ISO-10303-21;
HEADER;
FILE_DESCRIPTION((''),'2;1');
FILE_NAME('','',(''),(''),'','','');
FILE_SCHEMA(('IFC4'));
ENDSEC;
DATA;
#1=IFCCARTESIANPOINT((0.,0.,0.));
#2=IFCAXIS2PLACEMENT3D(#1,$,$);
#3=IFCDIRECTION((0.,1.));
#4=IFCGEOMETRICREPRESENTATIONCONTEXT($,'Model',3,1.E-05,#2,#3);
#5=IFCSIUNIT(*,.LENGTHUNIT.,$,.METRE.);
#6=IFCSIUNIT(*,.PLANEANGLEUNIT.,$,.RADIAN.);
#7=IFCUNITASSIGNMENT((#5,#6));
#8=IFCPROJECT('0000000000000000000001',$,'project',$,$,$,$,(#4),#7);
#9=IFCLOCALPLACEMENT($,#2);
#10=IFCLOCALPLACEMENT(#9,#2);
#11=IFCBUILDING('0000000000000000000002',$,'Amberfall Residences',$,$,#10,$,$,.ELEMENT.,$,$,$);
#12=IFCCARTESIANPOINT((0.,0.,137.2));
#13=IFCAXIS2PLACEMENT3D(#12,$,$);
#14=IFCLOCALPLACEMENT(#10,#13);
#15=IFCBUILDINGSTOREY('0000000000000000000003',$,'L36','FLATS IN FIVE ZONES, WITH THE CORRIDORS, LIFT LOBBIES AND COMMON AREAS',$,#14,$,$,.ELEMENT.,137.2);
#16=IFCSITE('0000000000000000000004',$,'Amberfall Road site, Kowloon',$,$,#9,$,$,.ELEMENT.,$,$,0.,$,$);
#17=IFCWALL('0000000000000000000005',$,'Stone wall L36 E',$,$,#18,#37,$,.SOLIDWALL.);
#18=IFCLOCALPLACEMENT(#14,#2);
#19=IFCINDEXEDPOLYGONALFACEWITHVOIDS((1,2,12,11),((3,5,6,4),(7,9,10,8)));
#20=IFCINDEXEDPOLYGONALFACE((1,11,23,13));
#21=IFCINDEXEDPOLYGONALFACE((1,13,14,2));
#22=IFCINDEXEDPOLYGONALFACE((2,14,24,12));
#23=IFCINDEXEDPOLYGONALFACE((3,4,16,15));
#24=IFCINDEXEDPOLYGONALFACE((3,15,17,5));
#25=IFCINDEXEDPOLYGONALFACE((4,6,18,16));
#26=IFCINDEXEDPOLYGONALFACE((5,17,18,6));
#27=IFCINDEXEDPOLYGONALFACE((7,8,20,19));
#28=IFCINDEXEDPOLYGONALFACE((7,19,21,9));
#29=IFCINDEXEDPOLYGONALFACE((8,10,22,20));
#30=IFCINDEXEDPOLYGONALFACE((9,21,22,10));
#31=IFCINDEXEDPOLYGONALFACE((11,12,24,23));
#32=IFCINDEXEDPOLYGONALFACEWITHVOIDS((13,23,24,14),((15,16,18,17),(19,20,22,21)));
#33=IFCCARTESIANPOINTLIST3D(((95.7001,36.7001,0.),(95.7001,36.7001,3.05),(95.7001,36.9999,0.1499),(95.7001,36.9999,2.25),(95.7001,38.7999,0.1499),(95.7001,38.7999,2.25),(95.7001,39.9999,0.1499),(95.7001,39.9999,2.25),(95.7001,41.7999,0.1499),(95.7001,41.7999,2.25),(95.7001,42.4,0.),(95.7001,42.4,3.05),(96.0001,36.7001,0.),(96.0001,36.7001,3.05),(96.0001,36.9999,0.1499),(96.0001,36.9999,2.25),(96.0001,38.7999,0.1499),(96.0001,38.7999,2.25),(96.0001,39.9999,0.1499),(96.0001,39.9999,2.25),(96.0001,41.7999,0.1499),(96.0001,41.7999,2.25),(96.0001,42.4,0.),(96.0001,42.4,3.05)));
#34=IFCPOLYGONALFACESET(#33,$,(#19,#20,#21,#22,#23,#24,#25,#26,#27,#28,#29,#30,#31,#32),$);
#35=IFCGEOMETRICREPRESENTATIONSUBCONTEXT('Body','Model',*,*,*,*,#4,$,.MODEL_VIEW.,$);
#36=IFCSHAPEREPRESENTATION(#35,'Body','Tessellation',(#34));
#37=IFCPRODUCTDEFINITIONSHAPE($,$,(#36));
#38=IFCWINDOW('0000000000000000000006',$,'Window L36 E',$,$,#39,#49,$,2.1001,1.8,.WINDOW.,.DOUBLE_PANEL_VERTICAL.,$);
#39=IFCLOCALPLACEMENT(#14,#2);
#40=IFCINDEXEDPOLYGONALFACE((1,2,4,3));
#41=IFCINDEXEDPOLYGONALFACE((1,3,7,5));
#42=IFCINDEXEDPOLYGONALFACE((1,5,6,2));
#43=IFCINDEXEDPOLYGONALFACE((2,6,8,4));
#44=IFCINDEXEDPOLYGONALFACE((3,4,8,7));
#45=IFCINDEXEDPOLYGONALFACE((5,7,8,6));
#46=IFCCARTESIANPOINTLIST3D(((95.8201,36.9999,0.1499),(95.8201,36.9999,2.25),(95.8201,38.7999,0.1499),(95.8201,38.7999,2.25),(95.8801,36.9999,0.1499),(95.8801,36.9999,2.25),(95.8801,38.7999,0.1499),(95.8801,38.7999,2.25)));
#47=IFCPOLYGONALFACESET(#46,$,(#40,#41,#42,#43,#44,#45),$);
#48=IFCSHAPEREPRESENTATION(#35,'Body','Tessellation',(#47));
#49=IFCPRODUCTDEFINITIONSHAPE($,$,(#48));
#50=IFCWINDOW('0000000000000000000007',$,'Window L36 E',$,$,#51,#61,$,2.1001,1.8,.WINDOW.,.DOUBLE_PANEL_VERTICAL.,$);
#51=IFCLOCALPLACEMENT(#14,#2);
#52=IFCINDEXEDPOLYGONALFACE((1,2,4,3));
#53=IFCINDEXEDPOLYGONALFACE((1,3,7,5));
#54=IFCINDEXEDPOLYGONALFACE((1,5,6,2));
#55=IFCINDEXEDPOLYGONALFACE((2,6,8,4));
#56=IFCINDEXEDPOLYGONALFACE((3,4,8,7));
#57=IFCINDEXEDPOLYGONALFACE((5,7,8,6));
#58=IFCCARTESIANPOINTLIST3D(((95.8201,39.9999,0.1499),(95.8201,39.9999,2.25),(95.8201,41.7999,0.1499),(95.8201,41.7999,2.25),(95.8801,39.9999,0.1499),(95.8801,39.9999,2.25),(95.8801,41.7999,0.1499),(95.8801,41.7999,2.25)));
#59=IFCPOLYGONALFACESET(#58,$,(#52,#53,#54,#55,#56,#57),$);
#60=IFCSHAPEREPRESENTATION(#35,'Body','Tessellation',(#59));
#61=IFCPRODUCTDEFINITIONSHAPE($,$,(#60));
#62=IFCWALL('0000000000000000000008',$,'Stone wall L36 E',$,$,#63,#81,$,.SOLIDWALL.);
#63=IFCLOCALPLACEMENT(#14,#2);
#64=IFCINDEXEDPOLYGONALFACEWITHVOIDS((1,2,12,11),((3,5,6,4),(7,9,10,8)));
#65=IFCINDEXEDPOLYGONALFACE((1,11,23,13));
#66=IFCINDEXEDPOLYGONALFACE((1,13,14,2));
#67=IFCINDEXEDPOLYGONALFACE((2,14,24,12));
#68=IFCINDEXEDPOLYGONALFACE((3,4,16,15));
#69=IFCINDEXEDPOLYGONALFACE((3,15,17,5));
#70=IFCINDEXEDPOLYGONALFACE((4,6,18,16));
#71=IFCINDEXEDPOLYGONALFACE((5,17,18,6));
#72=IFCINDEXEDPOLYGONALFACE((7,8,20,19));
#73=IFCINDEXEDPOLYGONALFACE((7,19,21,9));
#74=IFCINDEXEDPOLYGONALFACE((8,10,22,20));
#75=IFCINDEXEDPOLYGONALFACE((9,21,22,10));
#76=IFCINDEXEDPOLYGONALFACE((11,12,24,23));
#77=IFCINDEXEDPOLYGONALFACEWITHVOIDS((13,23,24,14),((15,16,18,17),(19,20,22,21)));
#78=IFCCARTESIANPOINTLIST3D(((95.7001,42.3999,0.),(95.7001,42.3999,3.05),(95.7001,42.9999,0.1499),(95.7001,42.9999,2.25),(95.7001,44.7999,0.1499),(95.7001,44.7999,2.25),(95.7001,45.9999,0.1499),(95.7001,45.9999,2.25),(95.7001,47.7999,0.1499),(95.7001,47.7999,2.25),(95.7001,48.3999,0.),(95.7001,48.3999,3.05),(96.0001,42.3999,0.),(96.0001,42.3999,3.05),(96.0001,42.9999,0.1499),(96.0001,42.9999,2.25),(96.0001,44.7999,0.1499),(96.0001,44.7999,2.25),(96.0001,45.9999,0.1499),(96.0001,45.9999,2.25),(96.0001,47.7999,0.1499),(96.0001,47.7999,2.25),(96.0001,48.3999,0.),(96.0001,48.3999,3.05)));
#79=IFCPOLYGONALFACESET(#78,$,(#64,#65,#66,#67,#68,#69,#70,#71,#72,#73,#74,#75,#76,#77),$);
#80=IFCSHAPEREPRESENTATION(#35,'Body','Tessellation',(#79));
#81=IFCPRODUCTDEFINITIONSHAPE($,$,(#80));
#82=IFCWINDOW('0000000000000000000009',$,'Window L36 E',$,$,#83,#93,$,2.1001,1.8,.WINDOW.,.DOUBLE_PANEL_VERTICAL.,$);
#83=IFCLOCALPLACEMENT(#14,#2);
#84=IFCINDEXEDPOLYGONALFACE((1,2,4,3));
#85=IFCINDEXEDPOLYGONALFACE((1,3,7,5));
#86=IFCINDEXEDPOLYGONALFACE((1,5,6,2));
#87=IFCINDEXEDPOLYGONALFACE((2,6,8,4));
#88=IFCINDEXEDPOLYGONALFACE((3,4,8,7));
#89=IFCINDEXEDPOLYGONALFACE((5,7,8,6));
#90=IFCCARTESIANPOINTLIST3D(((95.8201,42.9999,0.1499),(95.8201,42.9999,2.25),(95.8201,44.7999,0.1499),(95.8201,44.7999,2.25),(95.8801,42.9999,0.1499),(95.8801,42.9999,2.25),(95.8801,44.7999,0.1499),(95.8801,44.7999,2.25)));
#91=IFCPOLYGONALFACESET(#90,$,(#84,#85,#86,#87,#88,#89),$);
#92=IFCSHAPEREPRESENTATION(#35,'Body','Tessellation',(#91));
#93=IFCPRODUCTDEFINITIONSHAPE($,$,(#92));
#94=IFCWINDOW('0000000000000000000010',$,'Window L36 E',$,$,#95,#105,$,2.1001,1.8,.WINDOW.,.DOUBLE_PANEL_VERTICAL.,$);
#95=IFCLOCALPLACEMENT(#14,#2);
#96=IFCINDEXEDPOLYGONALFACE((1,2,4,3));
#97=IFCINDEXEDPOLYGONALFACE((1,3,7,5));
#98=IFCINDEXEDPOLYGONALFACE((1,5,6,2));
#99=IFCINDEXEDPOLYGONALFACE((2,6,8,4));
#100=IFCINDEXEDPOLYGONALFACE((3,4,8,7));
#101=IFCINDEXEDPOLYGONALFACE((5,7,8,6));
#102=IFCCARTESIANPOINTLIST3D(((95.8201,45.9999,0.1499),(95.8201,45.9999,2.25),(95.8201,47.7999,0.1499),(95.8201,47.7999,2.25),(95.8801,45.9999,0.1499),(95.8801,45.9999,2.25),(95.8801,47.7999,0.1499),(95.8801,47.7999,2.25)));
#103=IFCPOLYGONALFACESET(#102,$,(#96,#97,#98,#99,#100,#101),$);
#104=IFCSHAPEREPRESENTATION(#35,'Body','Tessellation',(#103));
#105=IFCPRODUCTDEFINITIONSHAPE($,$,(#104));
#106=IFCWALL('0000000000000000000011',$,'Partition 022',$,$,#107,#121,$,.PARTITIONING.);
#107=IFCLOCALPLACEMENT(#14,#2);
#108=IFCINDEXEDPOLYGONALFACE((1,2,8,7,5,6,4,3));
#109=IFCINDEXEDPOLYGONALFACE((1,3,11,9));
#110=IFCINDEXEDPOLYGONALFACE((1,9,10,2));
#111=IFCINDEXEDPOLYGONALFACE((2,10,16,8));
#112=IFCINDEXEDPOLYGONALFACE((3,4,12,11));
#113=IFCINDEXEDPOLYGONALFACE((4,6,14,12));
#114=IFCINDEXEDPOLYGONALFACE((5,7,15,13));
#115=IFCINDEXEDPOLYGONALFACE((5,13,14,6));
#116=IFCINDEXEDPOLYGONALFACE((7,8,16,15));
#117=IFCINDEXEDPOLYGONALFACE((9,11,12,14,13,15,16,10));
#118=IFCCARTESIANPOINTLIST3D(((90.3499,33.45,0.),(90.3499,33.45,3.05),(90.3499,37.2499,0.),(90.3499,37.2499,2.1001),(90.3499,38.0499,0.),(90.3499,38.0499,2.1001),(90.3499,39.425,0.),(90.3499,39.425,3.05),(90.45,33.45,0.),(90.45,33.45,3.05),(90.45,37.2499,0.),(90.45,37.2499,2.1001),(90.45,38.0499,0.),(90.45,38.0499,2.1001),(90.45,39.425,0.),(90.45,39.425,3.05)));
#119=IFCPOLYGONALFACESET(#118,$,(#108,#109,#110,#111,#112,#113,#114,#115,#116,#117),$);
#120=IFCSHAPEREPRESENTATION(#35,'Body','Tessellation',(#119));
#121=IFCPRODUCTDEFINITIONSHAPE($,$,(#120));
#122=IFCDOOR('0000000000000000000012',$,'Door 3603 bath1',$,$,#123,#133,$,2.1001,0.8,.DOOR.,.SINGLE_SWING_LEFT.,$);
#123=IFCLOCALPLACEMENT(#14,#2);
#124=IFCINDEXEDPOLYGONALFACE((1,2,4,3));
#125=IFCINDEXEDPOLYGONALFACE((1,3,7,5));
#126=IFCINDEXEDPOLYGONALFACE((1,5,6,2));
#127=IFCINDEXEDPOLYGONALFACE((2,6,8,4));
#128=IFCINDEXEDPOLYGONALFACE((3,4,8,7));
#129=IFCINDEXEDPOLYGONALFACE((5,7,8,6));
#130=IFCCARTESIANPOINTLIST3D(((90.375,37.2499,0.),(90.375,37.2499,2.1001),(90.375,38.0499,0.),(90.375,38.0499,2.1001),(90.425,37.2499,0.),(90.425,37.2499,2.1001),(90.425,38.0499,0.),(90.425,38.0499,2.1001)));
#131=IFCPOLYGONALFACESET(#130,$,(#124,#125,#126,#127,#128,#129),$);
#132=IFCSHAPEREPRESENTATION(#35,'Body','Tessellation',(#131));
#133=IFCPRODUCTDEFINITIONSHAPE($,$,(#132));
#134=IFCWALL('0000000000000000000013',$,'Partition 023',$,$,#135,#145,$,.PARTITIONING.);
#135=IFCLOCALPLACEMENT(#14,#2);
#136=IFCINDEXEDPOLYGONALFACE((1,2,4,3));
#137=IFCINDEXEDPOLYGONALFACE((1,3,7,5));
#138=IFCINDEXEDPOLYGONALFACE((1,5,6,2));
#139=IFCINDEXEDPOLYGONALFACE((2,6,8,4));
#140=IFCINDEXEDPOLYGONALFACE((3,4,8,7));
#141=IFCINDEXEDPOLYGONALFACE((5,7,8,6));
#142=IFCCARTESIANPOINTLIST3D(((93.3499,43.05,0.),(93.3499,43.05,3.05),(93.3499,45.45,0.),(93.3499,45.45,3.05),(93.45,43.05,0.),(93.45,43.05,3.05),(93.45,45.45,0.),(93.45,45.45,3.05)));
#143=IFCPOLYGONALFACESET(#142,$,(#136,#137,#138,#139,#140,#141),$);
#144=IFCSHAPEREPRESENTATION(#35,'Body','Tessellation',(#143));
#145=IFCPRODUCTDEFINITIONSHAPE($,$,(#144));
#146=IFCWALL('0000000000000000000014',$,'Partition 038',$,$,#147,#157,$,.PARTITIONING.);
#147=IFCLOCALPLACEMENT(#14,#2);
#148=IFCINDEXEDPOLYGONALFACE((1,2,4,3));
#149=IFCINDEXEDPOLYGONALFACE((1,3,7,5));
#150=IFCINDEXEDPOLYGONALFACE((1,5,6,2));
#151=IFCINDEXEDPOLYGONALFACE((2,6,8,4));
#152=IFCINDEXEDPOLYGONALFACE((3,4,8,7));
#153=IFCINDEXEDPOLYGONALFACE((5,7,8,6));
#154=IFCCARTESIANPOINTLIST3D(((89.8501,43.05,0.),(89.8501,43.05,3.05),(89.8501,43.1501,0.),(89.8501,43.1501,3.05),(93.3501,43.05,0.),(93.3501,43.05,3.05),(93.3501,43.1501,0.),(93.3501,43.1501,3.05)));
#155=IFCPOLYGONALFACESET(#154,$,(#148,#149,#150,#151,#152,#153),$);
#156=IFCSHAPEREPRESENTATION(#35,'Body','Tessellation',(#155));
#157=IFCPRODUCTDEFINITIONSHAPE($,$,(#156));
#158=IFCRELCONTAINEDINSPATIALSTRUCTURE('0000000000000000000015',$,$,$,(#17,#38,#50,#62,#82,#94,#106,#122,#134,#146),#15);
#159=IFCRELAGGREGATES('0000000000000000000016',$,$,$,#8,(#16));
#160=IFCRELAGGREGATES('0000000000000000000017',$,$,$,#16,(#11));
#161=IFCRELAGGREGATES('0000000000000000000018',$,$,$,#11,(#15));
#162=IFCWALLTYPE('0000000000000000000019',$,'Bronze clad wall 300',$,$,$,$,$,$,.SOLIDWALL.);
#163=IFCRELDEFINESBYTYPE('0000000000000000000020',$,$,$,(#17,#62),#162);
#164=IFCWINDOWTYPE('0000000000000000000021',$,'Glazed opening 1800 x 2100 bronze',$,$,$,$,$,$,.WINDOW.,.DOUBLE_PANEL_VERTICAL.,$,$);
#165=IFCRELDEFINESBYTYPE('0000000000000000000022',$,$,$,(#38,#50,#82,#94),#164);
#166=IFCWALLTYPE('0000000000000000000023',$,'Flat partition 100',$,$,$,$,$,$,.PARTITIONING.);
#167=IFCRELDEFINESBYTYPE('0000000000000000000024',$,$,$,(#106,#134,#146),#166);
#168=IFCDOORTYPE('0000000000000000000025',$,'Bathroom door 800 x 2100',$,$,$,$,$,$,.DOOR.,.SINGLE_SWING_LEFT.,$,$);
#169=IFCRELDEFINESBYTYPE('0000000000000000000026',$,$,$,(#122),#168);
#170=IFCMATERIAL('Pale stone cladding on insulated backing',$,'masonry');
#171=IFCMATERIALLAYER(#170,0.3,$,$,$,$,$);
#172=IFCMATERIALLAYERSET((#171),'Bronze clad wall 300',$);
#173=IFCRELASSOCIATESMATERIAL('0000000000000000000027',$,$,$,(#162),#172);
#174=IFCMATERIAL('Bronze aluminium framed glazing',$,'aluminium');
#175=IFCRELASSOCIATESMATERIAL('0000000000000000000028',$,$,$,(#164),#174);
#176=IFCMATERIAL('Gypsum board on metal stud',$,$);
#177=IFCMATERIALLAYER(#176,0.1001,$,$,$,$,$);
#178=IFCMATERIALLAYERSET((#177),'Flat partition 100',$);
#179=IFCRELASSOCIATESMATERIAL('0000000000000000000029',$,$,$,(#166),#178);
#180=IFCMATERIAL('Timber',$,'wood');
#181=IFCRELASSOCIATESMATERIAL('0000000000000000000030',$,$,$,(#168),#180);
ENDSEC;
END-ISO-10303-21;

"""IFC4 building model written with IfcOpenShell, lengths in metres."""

from ifc_helpers import new_model, si_unit, direction, frame, frame_2d, origin, place, context, subcontext, project, spatial, rectangle, extrude, material, layer, layer_set, type_object, element, fill, save


model = new_model("IFC4")

# Units and contexts
model_context = context("Model", 3, precision=1e-05, world=origin(), true_north=direction((0.0, 1.0)))
body_context = subcontext(model_context, "Body", "Model", "MODEL_VIEW")
ifc_project = project(units=[si_unit("LENGTHUNIT", "METRE"), si_unit("PLANEANGLEUNIT", "RADIAN")], contexts=[model_context])

# Site, building, storey
site_placement = place(None, origin())
site = spatial("IfcSite", under=ifc_project, at=site_placement, Name="Amberfall Road site, Kowloon", CompositionType="ELEMENT", RefElevation=0.0)
building_placement = place(site_placement, origin())
building = spatial("IfcBuilding", under=site, at=building_placement, Name="Amberfall Residences", CompositionType="ELEMENT")
storey_placement = place(building_placement, frame((0.0, 0.0, 137.2)))
storey = spatial("IfcBuildingStorey", under=building, at=storey_placement, Name="L36", Description="FLATS IN FIVE ZONES, WITH THE CORRIDORS, LIFT LOBBIES AND COMMON AREAS", CompositionType="ELEMENT", Elevation=137.2)

# Shared definitions
ifc_material_1 = material(Name="Pale stone cladding on insulated backing", Category="masonry")
ifc_layer_1 = layer(ifc_material_1, 0.3)
ifc_layer_set_1 = layer_set([ifc_layer_1], Name="Bronze clad wall 300")
wall_type_1 = type_object("IfcWallType", Name="Bronze clad wall 300", PredefinedType="SOLIDWALL", material=ifc_layer_set_1)
ifc_material_2 = material(Name="Bronze aluminium framed glazing", Category="aluminium")

# Walls, openings, windows
wall_1_placement = place(storey_placement, frame((95.8501, 36.7, 0.0), z_axis=(0.0, 0.0, 1.0), x_axis=(0.0, 1.0, 0.0)))
wall_1 = element("IfcWall", 1, at=wall_1_placement, inside=storey, type_object=wall_type_1, Name="Stone wall L36 E", PredefinedType="SOLIDWALL", context=body_context, shape_type="SweptSolid", body=[
    extrude(rectangle(XDim=5.7, YDim=0.3, at=frame_2d((2.8501, 0.0))), origin(), (0.0, 0.0, 1.0), 3.05),
])
opening_1_placement = place(wall_1_placement, frame((0.3, 0.0, 0.1499)))
opening_1 = element("IfcOpeningElement", 2, at=opening_1_placement, cuts=wall_1, PredefinedType="OPENING", context=body_context, shape_type="SweptSolid", body=[
    extrude(rectangle(XDim=1.8, YDim=2.1001, at=frame_2d((0.8999, 1.05))), frame((0.0, 0.1599, 0.0), z_axis=(0.0, -1.0, 0.0), x_axis=(1.0, 0.0, 0.0)), (0.0, 0.0, 1.0), 0.3201),
])
opening_2_placement = place(wall_1_placement, frame((3.3, 0.0, 0.1499)))
opening_2 = element("IfcOpeningElement", 3, at=opening_2_placement, cuts=wall_1, PredefinedType="OPENING", context=body_context, shape_type="SweptSolid", body=[
    extrude(rectangle(XDim=1.8, YDim=2.1001, at=frame_2d((0.8999, 1.05))), frame((0.0, 0.1599, 0.0), z_axis=(0.0, -1.0, 0.0), x_axis=(1.0, 0.0, 0.0)), (0.0, 0.0, 1.0), 0.3201),
])
window_type_1 = type_object("IfcWindowType", Name="Glazed opening 1800 x 2100 bronze", PartitioningType="DOUBLE_PANEL_VERTICAL", PredefinedType="WINDOW", material=ifc_material_2)
window_1_placement = place(opening_1_placement, origin())
window_1 = element("IfcWindow", 4, at=window_1_placement, inside=storey, type_object=window_type_1, Name="Window L36 E", OverallHeight=2.1001, OverallWidth=1.8, PartitioningType="DOUBLE_PANEL_VERTICAL", PredefinedType="WINDOW", context=body_context, shape_type="SweptSolid", body=[
    extrude(rectangle(XDim=1.8, YDim=2.1001, at=frame_2d((0.8999, 1.05))), frame((0.0, 0.03, 0.0), z_axis=(0.0, -1.0, 0.0), x_axis=(1.0, 0.0, 0.0)), (0.0, 0.0, 1.0), 0.0601),
])
fill(opening_1, window_1)
window_2_placement = place(opening_2_placement, origin())
window_2 = element("IfcWindow", 5, at=window_2_placement, inside=storey, type_object=window_type_1, Name="Window L36 E", OverallHeight=2.1001, OverallWidth=1.8, PartitioningType="DOUBLE_PANEL_VERTICAL", PredefinedType="WINDOW", context=body_context, shape_type="SweptSolid", body=[
    extrude(rectangle(XDim=1.8, YDim=2.1001, at=frame_2d((0.8999, 1.05))), frame((0.0, 0.03, 0.0), z_axis=(0.0, -1.0, 0.0), x_axis=(1.0, 0.0, 0.0)), (0.0, 0.0, 1.0), 0.0601),
])
fill(opening_2, window_2)
wall_2_placement = place(storey_placement, frame((95.8501, 42.3999, 0.0), z_axis=(0.0, 0.0, 1.0), x_axis=(0.0, 1.0, 0.0)))
wall_2 = element("IfcWall", 6, at=wall_2_placement, inside=storey, type_object=wall_type_1, Name="Stone wall L36 E", PredefinedType="SOLIDWALL", context=body_context, shape_type="SweptSolid", body=[
    extrude(rectangle(XDim=6.0, YDim=0.3, at=frame_2d((3.0, 0.0))), origin(), (0.0, 0.0, 1.0), 3.05),
])
opening_3_placement = place(wall_2_placement, frame((0.6001, 0.0, 0.1499)))
opening_3 = element("IfcOpeningElement", 7, at=opening_3_placement, cuts=wall_2, PredefinedType="OPENING", context=body_context, shape_type="SweptSolid", body=[
    extrude(rectangle(XDim=1.8, YDim=2.1001, at=frame_2d((0.8999, 1.05))), frame((0.0, 0.1599, 0.0), z_axis=(0.0, -1.0, 0.0), x_axis=(1.0, 0.0, 0.0)), (0.0, 0.0, 1.0), 0.3201),
])
opening_4_placement = place(wall_2_placement, frame((3.6001, 0.0, 0.1499)))
opening_4 = element("IfcOpeningElement", 8, at=opening_4_placement, cuts=wall_2, PredefinedType="OPENING", context=body_context, shape_type="SweptSolid", body=[
    extrude(rectangle(XDim=1.8, YDim=2.1001, at=frame_2d((0.8999, 1.05))), frame((0.0, 0.1599, 0.0), z_axis=(0.0, -1.0, 0.0), x_axis=(1.0, 0.0, 0.0)), (0.0, 0.0, 1.0), 0.3201),
])
window_3_placement = place(opening_3_placement, origin())
window_3 = element("IfcWindow", 9, at=window_3_placement, inside=storey, type_object=window_type_1, Name="Window L36 E", OverallHeight=2.1001, OverallWidth=1.8, PartitioningType="DOUBLE_PANEL_VERTICAL", PredefinedType="WINDOW", context=body_context, shape_type="SweptSolid", body=[
    extrude(rectangle(XDim=1.8, YDim=2.1001, at=frame_2d((0.8999, 1.05))), frame((0.0, 0.03, 0.0), z_axis=(0.0, -1.0, 0.0), x_axis=(1.0, 0.0, 0.0)), (0.0, 0.0, 1.0), 0.0601),
])
fill(opening_3, window_3)
window_4_placement = place(opening_4_placement, origin())
window_4 = element("IfcWindow", 10, at=window_4_placement, inside=storey, type_object=window_type_1, Name="Window L36 E", OverallHeight=2.1001, OverallWidth=1.8, PartitioningType="DOUBLE_PANEL_VERTICAL", PredefinedType="WINDOW", context=body_context, shape_type="SweptSolid", body=[
    extrude(rectangle(XDim=1.8, YDim=2.1001, at=frame_2d((0.8999, 1.05))), frame((0.0, 0.03, 0.0), z_axis=(0.0, -1.0, 0.0), x_axis=(1.0, 0.0, 0.0)), (0.0, 0.0, 1.0), 0.0601),
])
fill(opening_4, window_4)

# Wall, opening, door
ifc_material_3 = material(Name="Gypsum board on metal stud")
ifc_layer_2 = layer(ifc_material_3, 0.1001)
ifc_layer_set_2 = layer_set([ifc_layer_2], Name="Flat partition 100")
wall_type_2 = type_object("IfcWallType", Name="Flat partition 100", PredefinedType="PARTITIONING", material=ifc_layer_set_2)
wall_3_placement = place(storey_placement, frame((90.3999, 33.45, 0.0), z_axis=(0.0, 0.0, 1.0), x_axis=(0.0, 1.0, 0.0)))
wall_3 = element("IfcWall", 11, at=wall_3_placement, inside=storey, type_object=wall_type_2, Name="Partition 022", PredefinedType="PARTITIONING", context=body_context, shape_type="SweptSolid", body=[
    extrude(rectangle(XDim=5.9751, YDim=0.1001, at=frame_2d((2.9875, 0.0))), origin(), (0.0, 0.0, 1.0), 3.05),
])
opening_5_placement = place(wall_3_placement, frame((3.8, 0.0, 0.0)))
opening_5 = element("IfcOpeningElement", 12, at=opening_5_placement, cuts=wall_3, PredefinedType="OPENING", context=body_context, shape_type="SweptSolid", body=[
    extrude(rectangle(XDim=0.8, YDim=2.1001, at=frame_2d((0.3999, 1.05))), frame((0.0, 0.0601, 0.0), z_axis=(0.0, -1.0, 0.0), x_axis=(1.0, 0.0, 0.0)), (0.0, 0.0, 1.0), 0.1201),
])
ifc_material_4 = material(Name="Timber", Category="wood")
door_type_1 = type_object("IfcDoorType", Name="Bathroom door 800 x 2100", OperationType="SINGLE_SWING_LEFT", PredefinedType="DOOR", material=ifc_material_4)
door_1_placement = place(opening_5_placement, origin())
door_1 = element("IfcDoor", 13, at=door_1_placement, inside=storey, type_object=door_type_1, Name="Door 3603 bath1", OperationType="SINGLE_SWING_LEFT", OverallHeight=2.1001, OverallWidth=0.8, PredefinedType="DOOR", context=body_context, shape_type="SweptSolid", body=[
    extrude(rectangle(XDim=0.8, YDim=2.1001, at=frame_2d((0.3999, 1.05))), frame((0.0, 0.0249, 0.0), z_axis=(0.0, -1.0, 0.0), x_axis=(1.0, 0.0, 0.0)), (0.0, 0.0, 1.0), 0.05),
])
fill(opening_5, door_1)

# Walls
wall_4_placement = place(storey_placement, frame((93.3999, 43.05, 0.0), z_axis=(0.0, 0.0, 1.0), x_axis=(0.0, 1.0, 0.0)))
element("IfcWall", 14, at=wall_4_placement, inside=storey, type_object=wall_type_2, Name="Partition 023", PredefinedType="PARTITIONING", context=body_context, shape_type="SweptSolid", body=[
    extrude(rectangle(XDim=2.3999, YDim=0.1001, at=frame_2d((1.2, 0.0))), origin(), (0.0, 0.0, 1.0), 3.05),
])
wall_5_placement = place(storey_placement, frame((89.8501, 43.1001, 0.0), z_axis=(0.0, 0.0, 1.0), x_axis=(1.0, 0.0, 0.0)))
element("IfcWall", 15, at=wall_5_placement, inside=storey, type_object=wall_type_2, Name="Partition 038", PredefinedType="PARTITIONING", context=body_context, shape_type="SweptSolid", body=[
    extrude(rectangle(XDim=3.5, YDim=0.1001, at=frame_2d((1.75, 0.0))), origin(), (0.0, 0.0, 1.0), 3.05),
])

save(model, "model.ifc")
